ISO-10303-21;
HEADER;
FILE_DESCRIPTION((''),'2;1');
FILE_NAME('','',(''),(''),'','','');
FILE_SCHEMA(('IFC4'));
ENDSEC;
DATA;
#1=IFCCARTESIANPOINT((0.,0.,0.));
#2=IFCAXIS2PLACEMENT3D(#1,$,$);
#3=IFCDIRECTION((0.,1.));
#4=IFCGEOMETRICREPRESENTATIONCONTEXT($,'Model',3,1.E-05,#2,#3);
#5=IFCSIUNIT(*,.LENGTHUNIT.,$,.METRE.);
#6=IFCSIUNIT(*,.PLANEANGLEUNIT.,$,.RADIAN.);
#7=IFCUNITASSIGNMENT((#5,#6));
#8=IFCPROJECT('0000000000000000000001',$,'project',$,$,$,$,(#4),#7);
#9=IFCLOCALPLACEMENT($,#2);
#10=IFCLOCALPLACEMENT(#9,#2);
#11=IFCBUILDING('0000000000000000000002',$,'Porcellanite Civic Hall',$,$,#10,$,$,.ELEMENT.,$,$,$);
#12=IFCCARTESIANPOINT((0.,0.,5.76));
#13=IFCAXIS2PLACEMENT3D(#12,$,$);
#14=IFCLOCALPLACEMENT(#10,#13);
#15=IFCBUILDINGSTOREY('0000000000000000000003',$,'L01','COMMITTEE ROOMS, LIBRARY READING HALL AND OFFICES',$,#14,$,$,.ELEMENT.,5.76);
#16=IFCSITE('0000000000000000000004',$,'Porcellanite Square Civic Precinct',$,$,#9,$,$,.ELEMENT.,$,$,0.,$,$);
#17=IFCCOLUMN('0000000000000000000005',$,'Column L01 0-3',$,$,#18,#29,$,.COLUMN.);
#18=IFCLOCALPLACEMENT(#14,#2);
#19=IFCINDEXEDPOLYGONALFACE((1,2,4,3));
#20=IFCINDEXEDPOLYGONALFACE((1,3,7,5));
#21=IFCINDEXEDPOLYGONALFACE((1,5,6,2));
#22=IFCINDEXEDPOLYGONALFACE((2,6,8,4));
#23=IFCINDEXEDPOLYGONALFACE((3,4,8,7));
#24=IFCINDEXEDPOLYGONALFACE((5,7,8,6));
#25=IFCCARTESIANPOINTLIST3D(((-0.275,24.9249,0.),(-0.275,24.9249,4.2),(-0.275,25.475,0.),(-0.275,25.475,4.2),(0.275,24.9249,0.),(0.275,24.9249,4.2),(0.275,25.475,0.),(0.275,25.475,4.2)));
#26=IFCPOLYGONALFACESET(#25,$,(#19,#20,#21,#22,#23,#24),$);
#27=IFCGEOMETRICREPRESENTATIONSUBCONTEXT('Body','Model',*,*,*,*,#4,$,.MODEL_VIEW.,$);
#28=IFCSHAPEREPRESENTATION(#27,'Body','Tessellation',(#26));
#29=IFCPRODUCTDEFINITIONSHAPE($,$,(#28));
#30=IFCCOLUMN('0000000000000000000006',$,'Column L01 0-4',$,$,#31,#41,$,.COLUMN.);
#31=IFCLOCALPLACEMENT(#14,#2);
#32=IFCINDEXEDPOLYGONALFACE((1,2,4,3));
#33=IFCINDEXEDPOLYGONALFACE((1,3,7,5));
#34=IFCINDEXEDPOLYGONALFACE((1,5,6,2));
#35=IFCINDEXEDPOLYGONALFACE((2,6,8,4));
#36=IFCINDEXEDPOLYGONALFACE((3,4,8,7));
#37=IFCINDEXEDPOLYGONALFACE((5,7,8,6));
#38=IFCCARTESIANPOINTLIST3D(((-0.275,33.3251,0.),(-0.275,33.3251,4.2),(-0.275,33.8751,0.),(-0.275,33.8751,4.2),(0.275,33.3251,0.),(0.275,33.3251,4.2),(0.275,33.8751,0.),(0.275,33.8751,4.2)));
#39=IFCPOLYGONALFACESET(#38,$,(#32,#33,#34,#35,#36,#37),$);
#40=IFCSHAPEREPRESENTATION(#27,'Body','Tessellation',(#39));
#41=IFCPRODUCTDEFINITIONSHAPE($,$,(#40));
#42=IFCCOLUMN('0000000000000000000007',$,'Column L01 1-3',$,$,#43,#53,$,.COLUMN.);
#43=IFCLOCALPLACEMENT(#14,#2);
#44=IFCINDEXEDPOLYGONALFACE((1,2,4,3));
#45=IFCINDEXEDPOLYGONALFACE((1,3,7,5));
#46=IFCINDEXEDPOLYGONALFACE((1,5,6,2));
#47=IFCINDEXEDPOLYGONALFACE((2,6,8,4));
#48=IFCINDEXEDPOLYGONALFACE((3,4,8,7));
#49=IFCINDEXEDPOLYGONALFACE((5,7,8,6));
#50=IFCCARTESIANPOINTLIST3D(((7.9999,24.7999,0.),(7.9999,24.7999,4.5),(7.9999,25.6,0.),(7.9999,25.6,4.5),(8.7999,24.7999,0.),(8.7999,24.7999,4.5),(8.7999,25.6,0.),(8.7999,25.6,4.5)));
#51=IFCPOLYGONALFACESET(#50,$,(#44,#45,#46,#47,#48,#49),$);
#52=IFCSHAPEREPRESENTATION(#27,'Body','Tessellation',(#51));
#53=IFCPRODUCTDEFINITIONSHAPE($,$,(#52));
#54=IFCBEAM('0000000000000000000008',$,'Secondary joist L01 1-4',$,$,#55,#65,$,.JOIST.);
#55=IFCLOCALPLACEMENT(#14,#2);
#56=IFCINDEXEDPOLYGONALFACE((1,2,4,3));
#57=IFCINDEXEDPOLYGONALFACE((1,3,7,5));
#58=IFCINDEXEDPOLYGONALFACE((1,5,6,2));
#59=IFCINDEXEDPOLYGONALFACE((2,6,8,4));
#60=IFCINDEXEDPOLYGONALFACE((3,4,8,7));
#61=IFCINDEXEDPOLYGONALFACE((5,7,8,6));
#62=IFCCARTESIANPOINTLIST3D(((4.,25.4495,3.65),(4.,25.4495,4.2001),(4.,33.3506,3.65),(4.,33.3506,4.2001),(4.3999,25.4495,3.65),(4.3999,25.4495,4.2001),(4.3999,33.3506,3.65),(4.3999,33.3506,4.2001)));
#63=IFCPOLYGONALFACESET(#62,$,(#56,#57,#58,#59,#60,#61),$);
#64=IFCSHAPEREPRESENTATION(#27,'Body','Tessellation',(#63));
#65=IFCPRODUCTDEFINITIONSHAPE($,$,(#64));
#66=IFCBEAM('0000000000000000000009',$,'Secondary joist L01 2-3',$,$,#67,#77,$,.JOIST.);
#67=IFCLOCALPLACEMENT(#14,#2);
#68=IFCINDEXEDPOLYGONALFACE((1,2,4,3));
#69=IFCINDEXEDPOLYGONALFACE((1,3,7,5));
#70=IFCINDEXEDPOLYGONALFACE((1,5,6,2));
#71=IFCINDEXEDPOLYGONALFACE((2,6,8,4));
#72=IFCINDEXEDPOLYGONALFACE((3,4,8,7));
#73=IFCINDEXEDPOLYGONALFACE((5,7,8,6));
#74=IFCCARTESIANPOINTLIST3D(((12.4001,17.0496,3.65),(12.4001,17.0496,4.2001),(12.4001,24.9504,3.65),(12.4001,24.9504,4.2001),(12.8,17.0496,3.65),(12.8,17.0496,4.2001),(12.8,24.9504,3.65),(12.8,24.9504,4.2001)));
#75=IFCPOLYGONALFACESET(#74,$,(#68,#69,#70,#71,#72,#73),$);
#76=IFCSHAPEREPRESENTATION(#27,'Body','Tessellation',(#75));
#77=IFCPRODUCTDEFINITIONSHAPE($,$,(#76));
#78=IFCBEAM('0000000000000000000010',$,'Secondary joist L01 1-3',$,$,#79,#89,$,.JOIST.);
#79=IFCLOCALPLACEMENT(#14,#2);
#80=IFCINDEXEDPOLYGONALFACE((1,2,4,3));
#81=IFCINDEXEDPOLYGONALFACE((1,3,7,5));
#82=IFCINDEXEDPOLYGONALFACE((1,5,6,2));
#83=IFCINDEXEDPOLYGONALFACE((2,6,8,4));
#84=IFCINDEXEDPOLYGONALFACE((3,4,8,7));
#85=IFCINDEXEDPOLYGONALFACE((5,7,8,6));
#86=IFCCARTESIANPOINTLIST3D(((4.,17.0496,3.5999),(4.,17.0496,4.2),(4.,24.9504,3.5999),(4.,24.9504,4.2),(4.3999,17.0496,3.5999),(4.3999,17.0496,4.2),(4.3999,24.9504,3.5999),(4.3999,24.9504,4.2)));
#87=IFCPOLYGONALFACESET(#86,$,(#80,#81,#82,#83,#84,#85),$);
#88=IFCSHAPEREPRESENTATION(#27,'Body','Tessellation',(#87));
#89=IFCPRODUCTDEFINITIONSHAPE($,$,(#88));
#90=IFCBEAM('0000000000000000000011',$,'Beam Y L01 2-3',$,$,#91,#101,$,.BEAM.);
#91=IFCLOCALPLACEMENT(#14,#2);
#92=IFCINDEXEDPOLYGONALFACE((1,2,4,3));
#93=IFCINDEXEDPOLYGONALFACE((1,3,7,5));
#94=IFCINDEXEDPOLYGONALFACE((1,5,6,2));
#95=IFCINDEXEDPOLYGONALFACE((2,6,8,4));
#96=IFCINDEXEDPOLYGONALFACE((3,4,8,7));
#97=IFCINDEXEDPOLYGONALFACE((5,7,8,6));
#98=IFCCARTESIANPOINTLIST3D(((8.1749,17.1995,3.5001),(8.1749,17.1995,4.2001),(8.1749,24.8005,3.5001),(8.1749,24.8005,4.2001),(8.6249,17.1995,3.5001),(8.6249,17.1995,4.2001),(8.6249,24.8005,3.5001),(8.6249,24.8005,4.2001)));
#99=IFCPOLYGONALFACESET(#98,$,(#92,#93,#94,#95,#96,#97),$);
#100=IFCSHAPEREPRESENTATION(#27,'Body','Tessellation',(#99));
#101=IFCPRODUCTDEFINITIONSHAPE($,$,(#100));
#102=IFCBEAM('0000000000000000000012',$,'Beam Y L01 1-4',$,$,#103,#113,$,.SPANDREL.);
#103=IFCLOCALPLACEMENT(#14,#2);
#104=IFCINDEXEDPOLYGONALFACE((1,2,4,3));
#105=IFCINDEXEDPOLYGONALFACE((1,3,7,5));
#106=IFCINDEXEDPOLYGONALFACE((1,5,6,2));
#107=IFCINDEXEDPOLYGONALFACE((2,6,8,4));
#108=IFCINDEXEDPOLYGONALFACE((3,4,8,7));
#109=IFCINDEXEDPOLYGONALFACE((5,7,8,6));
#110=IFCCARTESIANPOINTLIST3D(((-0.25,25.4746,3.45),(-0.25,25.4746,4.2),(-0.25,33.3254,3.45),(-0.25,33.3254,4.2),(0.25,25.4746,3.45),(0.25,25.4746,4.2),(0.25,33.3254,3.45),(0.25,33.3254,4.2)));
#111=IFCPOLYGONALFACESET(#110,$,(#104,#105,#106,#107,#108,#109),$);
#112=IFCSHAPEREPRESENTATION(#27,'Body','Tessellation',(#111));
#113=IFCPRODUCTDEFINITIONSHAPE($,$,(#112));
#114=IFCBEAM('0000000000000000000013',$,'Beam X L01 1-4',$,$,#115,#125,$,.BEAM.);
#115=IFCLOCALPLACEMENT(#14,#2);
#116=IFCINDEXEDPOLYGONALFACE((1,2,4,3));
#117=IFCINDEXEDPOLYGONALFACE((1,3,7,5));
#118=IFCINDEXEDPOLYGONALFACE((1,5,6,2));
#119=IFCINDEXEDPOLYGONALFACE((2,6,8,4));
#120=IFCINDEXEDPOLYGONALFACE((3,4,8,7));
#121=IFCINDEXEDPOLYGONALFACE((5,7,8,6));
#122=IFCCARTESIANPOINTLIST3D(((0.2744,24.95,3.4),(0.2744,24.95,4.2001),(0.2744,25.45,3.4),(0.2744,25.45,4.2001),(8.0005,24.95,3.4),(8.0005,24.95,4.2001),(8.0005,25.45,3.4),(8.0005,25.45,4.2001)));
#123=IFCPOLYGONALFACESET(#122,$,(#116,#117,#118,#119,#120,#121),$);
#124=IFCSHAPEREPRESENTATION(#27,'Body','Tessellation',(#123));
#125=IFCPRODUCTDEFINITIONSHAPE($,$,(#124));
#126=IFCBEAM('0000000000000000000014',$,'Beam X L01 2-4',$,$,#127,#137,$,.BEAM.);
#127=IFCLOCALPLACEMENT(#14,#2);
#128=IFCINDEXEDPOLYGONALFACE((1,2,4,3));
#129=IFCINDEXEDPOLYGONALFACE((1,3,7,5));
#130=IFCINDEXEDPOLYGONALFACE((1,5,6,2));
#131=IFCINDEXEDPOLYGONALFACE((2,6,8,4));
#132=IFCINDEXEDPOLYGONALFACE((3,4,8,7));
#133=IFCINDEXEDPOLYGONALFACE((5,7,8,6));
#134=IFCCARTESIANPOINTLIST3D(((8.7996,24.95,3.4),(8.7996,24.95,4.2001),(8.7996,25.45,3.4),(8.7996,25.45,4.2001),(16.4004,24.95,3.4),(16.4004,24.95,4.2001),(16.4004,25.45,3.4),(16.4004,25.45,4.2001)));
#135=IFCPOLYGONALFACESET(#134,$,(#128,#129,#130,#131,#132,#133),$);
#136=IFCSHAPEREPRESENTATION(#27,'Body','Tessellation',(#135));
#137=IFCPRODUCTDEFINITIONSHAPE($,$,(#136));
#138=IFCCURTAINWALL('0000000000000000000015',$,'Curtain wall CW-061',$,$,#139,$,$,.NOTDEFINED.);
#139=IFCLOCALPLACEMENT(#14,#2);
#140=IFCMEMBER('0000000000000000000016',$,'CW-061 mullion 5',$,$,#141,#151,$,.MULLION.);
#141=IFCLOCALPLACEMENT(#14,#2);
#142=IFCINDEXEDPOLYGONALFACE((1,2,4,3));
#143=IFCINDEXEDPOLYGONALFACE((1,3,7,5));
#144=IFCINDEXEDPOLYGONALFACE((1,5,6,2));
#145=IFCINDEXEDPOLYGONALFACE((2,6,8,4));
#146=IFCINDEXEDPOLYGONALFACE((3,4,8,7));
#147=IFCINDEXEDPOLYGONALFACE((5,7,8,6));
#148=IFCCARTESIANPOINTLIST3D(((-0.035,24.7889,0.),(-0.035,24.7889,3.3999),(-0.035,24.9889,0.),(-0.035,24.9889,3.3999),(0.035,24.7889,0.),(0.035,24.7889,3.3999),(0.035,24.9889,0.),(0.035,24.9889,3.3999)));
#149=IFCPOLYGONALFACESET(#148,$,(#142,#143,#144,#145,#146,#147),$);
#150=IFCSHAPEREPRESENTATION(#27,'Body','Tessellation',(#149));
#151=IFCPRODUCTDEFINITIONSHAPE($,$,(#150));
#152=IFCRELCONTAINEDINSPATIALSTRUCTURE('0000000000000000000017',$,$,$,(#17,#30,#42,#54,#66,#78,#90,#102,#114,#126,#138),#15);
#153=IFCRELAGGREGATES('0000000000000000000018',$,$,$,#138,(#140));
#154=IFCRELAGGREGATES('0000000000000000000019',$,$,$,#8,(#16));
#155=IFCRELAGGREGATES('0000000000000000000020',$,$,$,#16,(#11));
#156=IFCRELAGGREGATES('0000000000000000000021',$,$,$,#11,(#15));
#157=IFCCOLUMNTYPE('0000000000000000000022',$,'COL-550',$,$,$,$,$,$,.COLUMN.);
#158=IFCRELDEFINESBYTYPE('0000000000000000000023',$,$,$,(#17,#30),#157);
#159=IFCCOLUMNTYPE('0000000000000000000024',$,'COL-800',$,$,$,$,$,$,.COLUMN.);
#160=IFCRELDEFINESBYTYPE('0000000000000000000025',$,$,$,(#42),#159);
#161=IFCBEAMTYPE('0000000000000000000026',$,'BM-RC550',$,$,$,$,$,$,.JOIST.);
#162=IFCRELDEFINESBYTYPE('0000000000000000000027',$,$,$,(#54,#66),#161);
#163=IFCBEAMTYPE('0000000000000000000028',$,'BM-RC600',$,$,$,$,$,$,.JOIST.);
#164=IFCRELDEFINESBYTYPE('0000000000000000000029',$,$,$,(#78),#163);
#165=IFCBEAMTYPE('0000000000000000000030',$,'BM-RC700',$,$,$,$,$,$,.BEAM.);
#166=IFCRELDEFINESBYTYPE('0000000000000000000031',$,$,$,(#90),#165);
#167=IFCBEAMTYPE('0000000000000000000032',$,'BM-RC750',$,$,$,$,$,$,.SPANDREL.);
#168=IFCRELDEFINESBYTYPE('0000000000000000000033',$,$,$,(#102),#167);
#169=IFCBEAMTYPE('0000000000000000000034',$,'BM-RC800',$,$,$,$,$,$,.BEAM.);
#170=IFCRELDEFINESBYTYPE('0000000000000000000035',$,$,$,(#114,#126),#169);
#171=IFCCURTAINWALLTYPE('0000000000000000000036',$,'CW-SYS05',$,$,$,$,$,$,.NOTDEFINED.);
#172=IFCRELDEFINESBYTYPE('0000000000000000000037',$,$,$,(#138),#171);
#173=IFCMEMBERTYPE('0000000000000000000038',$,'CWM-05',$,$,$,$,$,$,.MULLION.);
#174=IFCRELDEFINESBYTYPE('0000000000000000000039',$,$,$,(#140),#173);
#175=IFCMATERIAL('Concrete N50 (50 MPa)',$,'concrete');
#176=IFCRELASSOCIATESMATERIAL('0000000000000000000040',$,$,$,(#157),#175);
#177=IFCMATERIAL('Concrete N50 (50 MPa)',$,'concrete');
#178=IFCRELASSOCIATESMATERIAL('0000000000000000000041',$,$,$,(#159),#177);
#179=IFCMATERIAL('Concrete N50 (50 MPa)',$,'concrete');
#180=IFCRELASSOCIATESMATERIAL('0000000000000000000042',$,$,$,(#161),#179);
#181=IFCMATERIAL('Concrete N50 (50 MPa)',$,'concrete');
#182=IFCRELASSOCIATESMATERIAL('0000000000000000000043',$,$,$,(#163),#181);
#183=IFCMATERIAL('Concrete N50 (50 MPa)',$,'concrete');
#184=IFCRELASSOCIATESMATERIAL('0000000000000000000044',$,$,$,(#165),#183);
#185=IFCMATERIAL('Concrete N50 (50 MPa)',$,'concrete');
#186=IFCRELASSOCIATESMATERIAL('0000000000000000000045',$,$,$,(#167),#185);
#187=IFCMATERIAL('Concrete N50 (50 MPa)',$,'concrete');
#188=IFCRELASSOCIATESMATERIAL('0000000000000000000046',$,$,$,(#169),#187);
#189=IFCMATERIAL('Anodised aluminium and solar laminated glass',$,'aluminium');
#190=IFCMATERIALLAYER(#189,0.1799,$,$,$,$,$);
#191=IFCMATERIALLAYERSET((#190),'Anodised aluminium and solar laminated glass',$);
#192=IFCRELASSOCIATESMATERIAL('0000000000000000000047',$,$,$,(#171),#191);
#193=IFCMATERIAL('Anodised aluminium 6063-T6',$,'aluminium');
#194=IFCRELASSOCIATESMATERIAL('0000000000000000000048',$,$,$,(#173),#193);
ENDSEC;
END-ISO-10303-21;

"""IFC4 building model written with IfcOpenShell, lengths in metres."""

from ifc_helpers import new_model, si_unit, direction, frame, origin, origin_2d, place, context, subcontext, project, spatial, rectangle, extrude, material, layer, layer_set, material_profile, profile_set, type_object, element, aggregate, save


model = new_model("IFC4")

# Units and contexts
model_context = context("Model", 3, precision=1e-05, world=origin(), true_north=direction((0.0, 1.0)))
body_context = subcontext(model_context, "Body", "Model", "MODEL_VIEW")
ifc_project = project(units=[si_unit("LENGTHUNIT", "METRE"), si_unit("PLANEANGLEUNIT", "RADIAN")], contexts=[model_context])

# Site, building, storey
site_placement = place(None, origin())
site = spatial("IfcSite", under=ifc_project, at=site_placement, Name="Porcellanite Square Civic Precinct", CompositionType="ELEMENT", RefElevation=0.0)
building_placement = place(site_placement, origin())
building = spatial("IfcBuilding", under=site, at=building_placement, Name="Porcellanite Civic Hall", CompositionType="ELEMENT")
storey_placement = place(building_placement, frame((0.0, 0.0, 5.76)))
storey = spatial("IfcBuildingStorey", under=building, at=storey_placement, Name="L01", Description="COMMITTEE ROOMS, LIBRARY READING HALL AND OFFICES", CompositionType="ELEMENT", Elevation=5.76)

# Columns
ifc_material_1 = material(Name="Concrete N50 (50 MPa)", Category="concrete")
ifc_material_profile_1 = material_profile(ifc_material_1, rectangle(XDim=0.55, YDim=0.55, at=origin_2d()), Name="RC-550x550")
ifc_profile_set_1 = profile_set([ifc_material_profile_1], Name="Concrete N50 (50 MPa)")
column_type_1 = type_object("IfcColumnType", Name="COL-550", PredefinedType="COLUMN", material=ifc_profile_set_1)
for number, where, z_axis, x_axis, name in (
    (1, (0.0, 25.2, 0.0), (0.0, 0.0, 1.0), (1.0, 0.0, 0.0), "Column L01 0-3"),
    (2, (0.0, 33.6001, 0.0), (0.0, 0.0, 1.0), (1.0, 0.0, 0.0), "Column L01 0-4"),
):
    element("IfcColumn", number, at=place(storey_placement, frame(where, z_axis=z_axis, x_axis=x_axis)), inside=storey, type_object=column_type_1, Name=name, PredefinedType="COLUMN", context=body_context, shape_type="SweptSolid", body=[
        extrude(rectangle(XDim=0.55, YDim=0.55, at=origin_2d()), origin(), (0.0, 0.0, 1.0), 4.2),
    ])
ifc_material_2 = material(Name="Concrete N50 (50 MPa)", Category="concrete")
ifc_material_profile_2 = material_profile(ifc_material_2, rectangle(XDim=0.8, YDim=0.8, at=origin_2d()), Name="RC-800x800")
ifc_profile_set_2 = profile_set([ifc_material_profile_2], Name="Concrete N50 (50 MPa)")
column_type_2 = type_object("IfcColumnType", Name="COL-800", PredefinedType="COLUMN", material=ifc_profile_set_2)
column_placement = place(storey_placement, frame((8.3999, 25.2, 0.0), z_axis=(0.0, 0.0, 1.0), x_axis=(1.0, 0.0, 0.0)))
element("IfcColumn", 3, at=column_placement, inside=storey, type_object=column_type_2, Name="Column L01 1-3", PredefinedType="COLUMN", context=body_context, shape_type="SweptSolid", body=[
    extrude(rectangle(XDim=0.8, YDim=0.8, at=origin_2d()), origin(), (0.0, 0.0, 1.0), 4.5),
])

# Beams
ifc_material_3 = material(Name="Concrete N50 (50 MPa)", Category="concrete")
ifc_material_profile_3 = material_profile(ifc_material_3, rectangle(XDim=0.3999, YDim=0.55, at=origin_2d()), Name="RC-400x550")
ifc_profile_set_3 = profile_set([ifc_material_profile_3], Name="Concrete N50 (50 MPa)")
beam_type_1 = type_object("IfcBeamType", Name="BM-RC550", PredefinedType="JOIST", material=ifc_profile_set_3)
beam_1_placement = place(storey_placement, frame((4.2, 25.4495, 3.925), z_axis=(0.0, 1.0, 0.0), x_axis=(-1.0, 0.0, 0.0)))
element("IfcBeam", 4, at=beam_1_placement, inside=storey, type_object=beam_type_1, Name="Secondary joist L01 1-4", PredefinedType="JOIST", context=body_context, shape_type="SweptSolid", body=[
    extrude(rectangle(XDim=0.3999, YDim=0.55, at=origin_2d()), origin(), (0.0, 0.0, 1.0), 7.9011),
])
beam_2_placement = place(storey_placement, frame((12.6001, 17.0496, 3.925), z_axis=(0.0, 1.0, 0.0), x_axis=(-1.0, 0.0, 0.0)))
element("IfcBeam", 5, at=beam_2_placement, inside=storey, type_object=beam_type_1, Name="Secondary joist L01 2-3", PredefinedType="JOIST", context=body_context, shape_type="SweptSolid", body=[
    extrude(rectangle(XDim=0.3999, YDim=0.55, at=origin_2d()), origin(), (0.0, 0.0, 1.0), 7.9009),
])
ifc_material_4 = material(Name="Concrete N50 (50 MPa)", Category="concrete")
ifc_material_profile_4 = material_profile(ifc_material_4, rectangle(XDim=0.3999, YDim=0.6001, at=origin_2d()), Name="RC-400x600")
ifc_profile_set_4 = profile_set([ifc_material_profile_4], Name="Concrete N50 (50 MPa)")
beam_type_2 = type_object("IfcBeamType", Name="BM-RC600", PredefinedType="JOIST", material=ifc_profile_set_4)
beam_3_placement = place(storey_placement, frame((4.2, 17.0496, 3.8999), z_axis=(0.0, 1.0, 0.0), x_axis=(-1.0, 0.0, 0.0)))
element("IfcBeam", 6, at=beam_3_placement, inside=storey, type_object=beam_type_2, Name="Secondary joist L01 1-3", PredefinedType="JOIST", context=body_context, shape_type="SweptSolid", body=[
    extrude(rectangle(XDim=0.3999, YDim=0.6001, at=origin_2d()), origin(), (0.0, 0.0, 1.0), 7.9009),
])
ifc_material_5 = material(Name="Concrete N50 (50 MPa)", Category="concrete")
ifc_material_profile_5 = material_profile(ifc_material_5, rectangle(XDim=0.45, YDim=0.7, at=origin_2d()), Name="RC-450x700")
ifc_profile_set_5 = profile_set([ifc_material_profile_5], Name="Concrete N50 (50 MPa)")
beam_type_3 = type_object("IfcBeamType", Name="BM-RC700", PredefinedType="BEAM", material=ifc_profile_set_5)
beam_4_placement = place(storey_placement, frame((8.3999, 17.1995, 3.8501), z_axis=(0.0, 1.0, 0.0), x_axis=(-1.0, 0.0, 0.0)))
element("IfcBeam", 7, at=beam_4_placement, inside=storey, type_object=beam_type_3, Name="Beam Y L01 2-3", PredefinedType="BEAM", context=body_context, shape_type="SweptSolid", body=[
    extrude(rectangle(XDim=0.45, YDim=0.7, at=origin_2d()), origin(), (0.0, 0.0, 1.0), 7.6011),
])
ifc_material_6 = material(Name="Concrete N50 (50 MPa)", Category="concrete")
ifc_material_profile_6 = material_profile(ifc_material_6, rectangle(XDim=0.5, YDim=0.75, at=origin_2d()), Name="RC-500x750")
ifc_profile_set_6 = profile_set([ifc_material_profile_6], Name="Concrete N50 (50 MPa)")
beam_type_4 = type_object("IfcBeamType", Name="BM-RC750", PredefinedType="SPANDREL", material=ifc_profile_set_6)
beam_5_placement = place(storey_placement, frame((0.0, 25.4746, 3.825), z_axis=(0.0, 1.0, 0.0), x_axis=(-1.0, 0.0, 0.0)))
element("IfcBeam", 8, at=beam_5_placement, inside=storey, type_object=beam_type_4, Name="Beam Y L01 1-4", PredefinedType="SPANDREL", context=body_context, shape_type="SweptSolid", body=[
    extrude(rectangle(XDim=0.5, YDim=0.75, at=origin_2d()), origin(), (0.0, 0.0, 1.0), 7.8508),
])
ifc_material_7 = material(Name="Concrete N50 (50 MPa)", Category="concrete")
ifc_material_profile_7 = material_profile(ifc_material_7, rectangle(XDim=0.5, YDim=0.8, at=origin_2d()), Name="RC-500x800")
ifc_profile_set_7 = profile_set([ifc_material_profile_7], Name="Concrete N50 (50 MPa)")
beam_type_5 = type_object("IfcBeamType", Name="BM-RC800", PredefinedType="BEAM", material=ifc_profile_set_7)
beam_6_placement = place(storey_placement, frame((0.2744, 25.2, 3.8), z_axis=(1.0, 0.0, 0.0), x_axis=(0.0, 1.0, 0.0)))
element("IfcBeam", 9, at=beam_6_placement, inside=storey, type_object=beam_type_5, Name="Beam X L01 1-4", PredefinedType="BEAM", context=body_context, shape_type="SweptSolid", body=[
    extrude(rectangle(XDim=0.5, YDim=0.8, at=origin_2d()), origin(), (0.0, 0.0, 1.0), 7.7261),
])
beam_7_placement = place(storey_placement, frame((8.7996, 25.2, 3.8), z_axis=(1.0, 0.0, 0.0), x_axis=(0.0, 1.0, 0.0)))
element("IfcBeam", 10, at=beam_7_placement, inside=storey, type_object=beam_type_5, Name="Beam X L01 2-4", PredefinedType="BEAM", context=body_context, shape_type="SweptSolid", body=[
    extrude(rectangle(XDim=0.5, YDim=0.8, at=origin_2d()), origin(), (0.0, 0.0, 1.0), 7.6008),
])

# Curtain wall, member
ifc_material_8 = material(Name="Anodised aluminium and solar laminated glass", Category="aluminium")
ifc_layer_1 = layer(ifc_material_8, 0.1799)
ifc_layer_set_1 = layer_set([ifc_layer_1], Name="Anodised aluminium and solar laminated glass")
curtain_wall_type = type_object("IfcCurtainWallType", Name="CW-SYS05", PredefinedType="NOTDEFINED", material=ifc_layer_set_1)
curtain_wall_placement = place(storey_placement, origin())
curtain_wall = element("IfcCurtainWall", 11, at=curtain_wall_placement, inside=storey, type_object=curtain_wall_type, Name="Curtain wall CW-061", PredefinedType="NOTDEFINED")
ifc_material_9 = material(Name="Anodised aluminium 6063-T6", Category="aluminium")
ifc_material_profile_8 = material_profile(ifc_material_9, rectangle(XDim=0.0701, YDim=0.2, at=origin_2d()), Name="AL-70x200")
ifc_profile_set_8 = profile_set([ifc_material_profile_8], Name="Anodised aluminium 6063-T6")
member_type = type_object("IfcMemberType", Name="CWM-05", PredefinedType="MULLION", material=ifc_profile_set_8)
member_placement = place(storey_placement, frame((0.0, 24.8889, 0.0), z_axis=(0.0, 0.0, 1.0), x_axis=(-1.0, 0.0, 0.0)))
member = element("IfcMember", 12, at=member_placement, type_object=member_type, Name="CW-061 mullion 5", PredefinedType="MULLION", context=body_context, shape_type="SweptSolid", body=[
    extrude(rectangle(XDim=0.0701, YDim=0.2, at=origin_2d()), origin(), (0.0, 0.0, 1.0), 3.3999),
])
aggregate(curtain_wall, [member])

save(model, "model.ifc")
